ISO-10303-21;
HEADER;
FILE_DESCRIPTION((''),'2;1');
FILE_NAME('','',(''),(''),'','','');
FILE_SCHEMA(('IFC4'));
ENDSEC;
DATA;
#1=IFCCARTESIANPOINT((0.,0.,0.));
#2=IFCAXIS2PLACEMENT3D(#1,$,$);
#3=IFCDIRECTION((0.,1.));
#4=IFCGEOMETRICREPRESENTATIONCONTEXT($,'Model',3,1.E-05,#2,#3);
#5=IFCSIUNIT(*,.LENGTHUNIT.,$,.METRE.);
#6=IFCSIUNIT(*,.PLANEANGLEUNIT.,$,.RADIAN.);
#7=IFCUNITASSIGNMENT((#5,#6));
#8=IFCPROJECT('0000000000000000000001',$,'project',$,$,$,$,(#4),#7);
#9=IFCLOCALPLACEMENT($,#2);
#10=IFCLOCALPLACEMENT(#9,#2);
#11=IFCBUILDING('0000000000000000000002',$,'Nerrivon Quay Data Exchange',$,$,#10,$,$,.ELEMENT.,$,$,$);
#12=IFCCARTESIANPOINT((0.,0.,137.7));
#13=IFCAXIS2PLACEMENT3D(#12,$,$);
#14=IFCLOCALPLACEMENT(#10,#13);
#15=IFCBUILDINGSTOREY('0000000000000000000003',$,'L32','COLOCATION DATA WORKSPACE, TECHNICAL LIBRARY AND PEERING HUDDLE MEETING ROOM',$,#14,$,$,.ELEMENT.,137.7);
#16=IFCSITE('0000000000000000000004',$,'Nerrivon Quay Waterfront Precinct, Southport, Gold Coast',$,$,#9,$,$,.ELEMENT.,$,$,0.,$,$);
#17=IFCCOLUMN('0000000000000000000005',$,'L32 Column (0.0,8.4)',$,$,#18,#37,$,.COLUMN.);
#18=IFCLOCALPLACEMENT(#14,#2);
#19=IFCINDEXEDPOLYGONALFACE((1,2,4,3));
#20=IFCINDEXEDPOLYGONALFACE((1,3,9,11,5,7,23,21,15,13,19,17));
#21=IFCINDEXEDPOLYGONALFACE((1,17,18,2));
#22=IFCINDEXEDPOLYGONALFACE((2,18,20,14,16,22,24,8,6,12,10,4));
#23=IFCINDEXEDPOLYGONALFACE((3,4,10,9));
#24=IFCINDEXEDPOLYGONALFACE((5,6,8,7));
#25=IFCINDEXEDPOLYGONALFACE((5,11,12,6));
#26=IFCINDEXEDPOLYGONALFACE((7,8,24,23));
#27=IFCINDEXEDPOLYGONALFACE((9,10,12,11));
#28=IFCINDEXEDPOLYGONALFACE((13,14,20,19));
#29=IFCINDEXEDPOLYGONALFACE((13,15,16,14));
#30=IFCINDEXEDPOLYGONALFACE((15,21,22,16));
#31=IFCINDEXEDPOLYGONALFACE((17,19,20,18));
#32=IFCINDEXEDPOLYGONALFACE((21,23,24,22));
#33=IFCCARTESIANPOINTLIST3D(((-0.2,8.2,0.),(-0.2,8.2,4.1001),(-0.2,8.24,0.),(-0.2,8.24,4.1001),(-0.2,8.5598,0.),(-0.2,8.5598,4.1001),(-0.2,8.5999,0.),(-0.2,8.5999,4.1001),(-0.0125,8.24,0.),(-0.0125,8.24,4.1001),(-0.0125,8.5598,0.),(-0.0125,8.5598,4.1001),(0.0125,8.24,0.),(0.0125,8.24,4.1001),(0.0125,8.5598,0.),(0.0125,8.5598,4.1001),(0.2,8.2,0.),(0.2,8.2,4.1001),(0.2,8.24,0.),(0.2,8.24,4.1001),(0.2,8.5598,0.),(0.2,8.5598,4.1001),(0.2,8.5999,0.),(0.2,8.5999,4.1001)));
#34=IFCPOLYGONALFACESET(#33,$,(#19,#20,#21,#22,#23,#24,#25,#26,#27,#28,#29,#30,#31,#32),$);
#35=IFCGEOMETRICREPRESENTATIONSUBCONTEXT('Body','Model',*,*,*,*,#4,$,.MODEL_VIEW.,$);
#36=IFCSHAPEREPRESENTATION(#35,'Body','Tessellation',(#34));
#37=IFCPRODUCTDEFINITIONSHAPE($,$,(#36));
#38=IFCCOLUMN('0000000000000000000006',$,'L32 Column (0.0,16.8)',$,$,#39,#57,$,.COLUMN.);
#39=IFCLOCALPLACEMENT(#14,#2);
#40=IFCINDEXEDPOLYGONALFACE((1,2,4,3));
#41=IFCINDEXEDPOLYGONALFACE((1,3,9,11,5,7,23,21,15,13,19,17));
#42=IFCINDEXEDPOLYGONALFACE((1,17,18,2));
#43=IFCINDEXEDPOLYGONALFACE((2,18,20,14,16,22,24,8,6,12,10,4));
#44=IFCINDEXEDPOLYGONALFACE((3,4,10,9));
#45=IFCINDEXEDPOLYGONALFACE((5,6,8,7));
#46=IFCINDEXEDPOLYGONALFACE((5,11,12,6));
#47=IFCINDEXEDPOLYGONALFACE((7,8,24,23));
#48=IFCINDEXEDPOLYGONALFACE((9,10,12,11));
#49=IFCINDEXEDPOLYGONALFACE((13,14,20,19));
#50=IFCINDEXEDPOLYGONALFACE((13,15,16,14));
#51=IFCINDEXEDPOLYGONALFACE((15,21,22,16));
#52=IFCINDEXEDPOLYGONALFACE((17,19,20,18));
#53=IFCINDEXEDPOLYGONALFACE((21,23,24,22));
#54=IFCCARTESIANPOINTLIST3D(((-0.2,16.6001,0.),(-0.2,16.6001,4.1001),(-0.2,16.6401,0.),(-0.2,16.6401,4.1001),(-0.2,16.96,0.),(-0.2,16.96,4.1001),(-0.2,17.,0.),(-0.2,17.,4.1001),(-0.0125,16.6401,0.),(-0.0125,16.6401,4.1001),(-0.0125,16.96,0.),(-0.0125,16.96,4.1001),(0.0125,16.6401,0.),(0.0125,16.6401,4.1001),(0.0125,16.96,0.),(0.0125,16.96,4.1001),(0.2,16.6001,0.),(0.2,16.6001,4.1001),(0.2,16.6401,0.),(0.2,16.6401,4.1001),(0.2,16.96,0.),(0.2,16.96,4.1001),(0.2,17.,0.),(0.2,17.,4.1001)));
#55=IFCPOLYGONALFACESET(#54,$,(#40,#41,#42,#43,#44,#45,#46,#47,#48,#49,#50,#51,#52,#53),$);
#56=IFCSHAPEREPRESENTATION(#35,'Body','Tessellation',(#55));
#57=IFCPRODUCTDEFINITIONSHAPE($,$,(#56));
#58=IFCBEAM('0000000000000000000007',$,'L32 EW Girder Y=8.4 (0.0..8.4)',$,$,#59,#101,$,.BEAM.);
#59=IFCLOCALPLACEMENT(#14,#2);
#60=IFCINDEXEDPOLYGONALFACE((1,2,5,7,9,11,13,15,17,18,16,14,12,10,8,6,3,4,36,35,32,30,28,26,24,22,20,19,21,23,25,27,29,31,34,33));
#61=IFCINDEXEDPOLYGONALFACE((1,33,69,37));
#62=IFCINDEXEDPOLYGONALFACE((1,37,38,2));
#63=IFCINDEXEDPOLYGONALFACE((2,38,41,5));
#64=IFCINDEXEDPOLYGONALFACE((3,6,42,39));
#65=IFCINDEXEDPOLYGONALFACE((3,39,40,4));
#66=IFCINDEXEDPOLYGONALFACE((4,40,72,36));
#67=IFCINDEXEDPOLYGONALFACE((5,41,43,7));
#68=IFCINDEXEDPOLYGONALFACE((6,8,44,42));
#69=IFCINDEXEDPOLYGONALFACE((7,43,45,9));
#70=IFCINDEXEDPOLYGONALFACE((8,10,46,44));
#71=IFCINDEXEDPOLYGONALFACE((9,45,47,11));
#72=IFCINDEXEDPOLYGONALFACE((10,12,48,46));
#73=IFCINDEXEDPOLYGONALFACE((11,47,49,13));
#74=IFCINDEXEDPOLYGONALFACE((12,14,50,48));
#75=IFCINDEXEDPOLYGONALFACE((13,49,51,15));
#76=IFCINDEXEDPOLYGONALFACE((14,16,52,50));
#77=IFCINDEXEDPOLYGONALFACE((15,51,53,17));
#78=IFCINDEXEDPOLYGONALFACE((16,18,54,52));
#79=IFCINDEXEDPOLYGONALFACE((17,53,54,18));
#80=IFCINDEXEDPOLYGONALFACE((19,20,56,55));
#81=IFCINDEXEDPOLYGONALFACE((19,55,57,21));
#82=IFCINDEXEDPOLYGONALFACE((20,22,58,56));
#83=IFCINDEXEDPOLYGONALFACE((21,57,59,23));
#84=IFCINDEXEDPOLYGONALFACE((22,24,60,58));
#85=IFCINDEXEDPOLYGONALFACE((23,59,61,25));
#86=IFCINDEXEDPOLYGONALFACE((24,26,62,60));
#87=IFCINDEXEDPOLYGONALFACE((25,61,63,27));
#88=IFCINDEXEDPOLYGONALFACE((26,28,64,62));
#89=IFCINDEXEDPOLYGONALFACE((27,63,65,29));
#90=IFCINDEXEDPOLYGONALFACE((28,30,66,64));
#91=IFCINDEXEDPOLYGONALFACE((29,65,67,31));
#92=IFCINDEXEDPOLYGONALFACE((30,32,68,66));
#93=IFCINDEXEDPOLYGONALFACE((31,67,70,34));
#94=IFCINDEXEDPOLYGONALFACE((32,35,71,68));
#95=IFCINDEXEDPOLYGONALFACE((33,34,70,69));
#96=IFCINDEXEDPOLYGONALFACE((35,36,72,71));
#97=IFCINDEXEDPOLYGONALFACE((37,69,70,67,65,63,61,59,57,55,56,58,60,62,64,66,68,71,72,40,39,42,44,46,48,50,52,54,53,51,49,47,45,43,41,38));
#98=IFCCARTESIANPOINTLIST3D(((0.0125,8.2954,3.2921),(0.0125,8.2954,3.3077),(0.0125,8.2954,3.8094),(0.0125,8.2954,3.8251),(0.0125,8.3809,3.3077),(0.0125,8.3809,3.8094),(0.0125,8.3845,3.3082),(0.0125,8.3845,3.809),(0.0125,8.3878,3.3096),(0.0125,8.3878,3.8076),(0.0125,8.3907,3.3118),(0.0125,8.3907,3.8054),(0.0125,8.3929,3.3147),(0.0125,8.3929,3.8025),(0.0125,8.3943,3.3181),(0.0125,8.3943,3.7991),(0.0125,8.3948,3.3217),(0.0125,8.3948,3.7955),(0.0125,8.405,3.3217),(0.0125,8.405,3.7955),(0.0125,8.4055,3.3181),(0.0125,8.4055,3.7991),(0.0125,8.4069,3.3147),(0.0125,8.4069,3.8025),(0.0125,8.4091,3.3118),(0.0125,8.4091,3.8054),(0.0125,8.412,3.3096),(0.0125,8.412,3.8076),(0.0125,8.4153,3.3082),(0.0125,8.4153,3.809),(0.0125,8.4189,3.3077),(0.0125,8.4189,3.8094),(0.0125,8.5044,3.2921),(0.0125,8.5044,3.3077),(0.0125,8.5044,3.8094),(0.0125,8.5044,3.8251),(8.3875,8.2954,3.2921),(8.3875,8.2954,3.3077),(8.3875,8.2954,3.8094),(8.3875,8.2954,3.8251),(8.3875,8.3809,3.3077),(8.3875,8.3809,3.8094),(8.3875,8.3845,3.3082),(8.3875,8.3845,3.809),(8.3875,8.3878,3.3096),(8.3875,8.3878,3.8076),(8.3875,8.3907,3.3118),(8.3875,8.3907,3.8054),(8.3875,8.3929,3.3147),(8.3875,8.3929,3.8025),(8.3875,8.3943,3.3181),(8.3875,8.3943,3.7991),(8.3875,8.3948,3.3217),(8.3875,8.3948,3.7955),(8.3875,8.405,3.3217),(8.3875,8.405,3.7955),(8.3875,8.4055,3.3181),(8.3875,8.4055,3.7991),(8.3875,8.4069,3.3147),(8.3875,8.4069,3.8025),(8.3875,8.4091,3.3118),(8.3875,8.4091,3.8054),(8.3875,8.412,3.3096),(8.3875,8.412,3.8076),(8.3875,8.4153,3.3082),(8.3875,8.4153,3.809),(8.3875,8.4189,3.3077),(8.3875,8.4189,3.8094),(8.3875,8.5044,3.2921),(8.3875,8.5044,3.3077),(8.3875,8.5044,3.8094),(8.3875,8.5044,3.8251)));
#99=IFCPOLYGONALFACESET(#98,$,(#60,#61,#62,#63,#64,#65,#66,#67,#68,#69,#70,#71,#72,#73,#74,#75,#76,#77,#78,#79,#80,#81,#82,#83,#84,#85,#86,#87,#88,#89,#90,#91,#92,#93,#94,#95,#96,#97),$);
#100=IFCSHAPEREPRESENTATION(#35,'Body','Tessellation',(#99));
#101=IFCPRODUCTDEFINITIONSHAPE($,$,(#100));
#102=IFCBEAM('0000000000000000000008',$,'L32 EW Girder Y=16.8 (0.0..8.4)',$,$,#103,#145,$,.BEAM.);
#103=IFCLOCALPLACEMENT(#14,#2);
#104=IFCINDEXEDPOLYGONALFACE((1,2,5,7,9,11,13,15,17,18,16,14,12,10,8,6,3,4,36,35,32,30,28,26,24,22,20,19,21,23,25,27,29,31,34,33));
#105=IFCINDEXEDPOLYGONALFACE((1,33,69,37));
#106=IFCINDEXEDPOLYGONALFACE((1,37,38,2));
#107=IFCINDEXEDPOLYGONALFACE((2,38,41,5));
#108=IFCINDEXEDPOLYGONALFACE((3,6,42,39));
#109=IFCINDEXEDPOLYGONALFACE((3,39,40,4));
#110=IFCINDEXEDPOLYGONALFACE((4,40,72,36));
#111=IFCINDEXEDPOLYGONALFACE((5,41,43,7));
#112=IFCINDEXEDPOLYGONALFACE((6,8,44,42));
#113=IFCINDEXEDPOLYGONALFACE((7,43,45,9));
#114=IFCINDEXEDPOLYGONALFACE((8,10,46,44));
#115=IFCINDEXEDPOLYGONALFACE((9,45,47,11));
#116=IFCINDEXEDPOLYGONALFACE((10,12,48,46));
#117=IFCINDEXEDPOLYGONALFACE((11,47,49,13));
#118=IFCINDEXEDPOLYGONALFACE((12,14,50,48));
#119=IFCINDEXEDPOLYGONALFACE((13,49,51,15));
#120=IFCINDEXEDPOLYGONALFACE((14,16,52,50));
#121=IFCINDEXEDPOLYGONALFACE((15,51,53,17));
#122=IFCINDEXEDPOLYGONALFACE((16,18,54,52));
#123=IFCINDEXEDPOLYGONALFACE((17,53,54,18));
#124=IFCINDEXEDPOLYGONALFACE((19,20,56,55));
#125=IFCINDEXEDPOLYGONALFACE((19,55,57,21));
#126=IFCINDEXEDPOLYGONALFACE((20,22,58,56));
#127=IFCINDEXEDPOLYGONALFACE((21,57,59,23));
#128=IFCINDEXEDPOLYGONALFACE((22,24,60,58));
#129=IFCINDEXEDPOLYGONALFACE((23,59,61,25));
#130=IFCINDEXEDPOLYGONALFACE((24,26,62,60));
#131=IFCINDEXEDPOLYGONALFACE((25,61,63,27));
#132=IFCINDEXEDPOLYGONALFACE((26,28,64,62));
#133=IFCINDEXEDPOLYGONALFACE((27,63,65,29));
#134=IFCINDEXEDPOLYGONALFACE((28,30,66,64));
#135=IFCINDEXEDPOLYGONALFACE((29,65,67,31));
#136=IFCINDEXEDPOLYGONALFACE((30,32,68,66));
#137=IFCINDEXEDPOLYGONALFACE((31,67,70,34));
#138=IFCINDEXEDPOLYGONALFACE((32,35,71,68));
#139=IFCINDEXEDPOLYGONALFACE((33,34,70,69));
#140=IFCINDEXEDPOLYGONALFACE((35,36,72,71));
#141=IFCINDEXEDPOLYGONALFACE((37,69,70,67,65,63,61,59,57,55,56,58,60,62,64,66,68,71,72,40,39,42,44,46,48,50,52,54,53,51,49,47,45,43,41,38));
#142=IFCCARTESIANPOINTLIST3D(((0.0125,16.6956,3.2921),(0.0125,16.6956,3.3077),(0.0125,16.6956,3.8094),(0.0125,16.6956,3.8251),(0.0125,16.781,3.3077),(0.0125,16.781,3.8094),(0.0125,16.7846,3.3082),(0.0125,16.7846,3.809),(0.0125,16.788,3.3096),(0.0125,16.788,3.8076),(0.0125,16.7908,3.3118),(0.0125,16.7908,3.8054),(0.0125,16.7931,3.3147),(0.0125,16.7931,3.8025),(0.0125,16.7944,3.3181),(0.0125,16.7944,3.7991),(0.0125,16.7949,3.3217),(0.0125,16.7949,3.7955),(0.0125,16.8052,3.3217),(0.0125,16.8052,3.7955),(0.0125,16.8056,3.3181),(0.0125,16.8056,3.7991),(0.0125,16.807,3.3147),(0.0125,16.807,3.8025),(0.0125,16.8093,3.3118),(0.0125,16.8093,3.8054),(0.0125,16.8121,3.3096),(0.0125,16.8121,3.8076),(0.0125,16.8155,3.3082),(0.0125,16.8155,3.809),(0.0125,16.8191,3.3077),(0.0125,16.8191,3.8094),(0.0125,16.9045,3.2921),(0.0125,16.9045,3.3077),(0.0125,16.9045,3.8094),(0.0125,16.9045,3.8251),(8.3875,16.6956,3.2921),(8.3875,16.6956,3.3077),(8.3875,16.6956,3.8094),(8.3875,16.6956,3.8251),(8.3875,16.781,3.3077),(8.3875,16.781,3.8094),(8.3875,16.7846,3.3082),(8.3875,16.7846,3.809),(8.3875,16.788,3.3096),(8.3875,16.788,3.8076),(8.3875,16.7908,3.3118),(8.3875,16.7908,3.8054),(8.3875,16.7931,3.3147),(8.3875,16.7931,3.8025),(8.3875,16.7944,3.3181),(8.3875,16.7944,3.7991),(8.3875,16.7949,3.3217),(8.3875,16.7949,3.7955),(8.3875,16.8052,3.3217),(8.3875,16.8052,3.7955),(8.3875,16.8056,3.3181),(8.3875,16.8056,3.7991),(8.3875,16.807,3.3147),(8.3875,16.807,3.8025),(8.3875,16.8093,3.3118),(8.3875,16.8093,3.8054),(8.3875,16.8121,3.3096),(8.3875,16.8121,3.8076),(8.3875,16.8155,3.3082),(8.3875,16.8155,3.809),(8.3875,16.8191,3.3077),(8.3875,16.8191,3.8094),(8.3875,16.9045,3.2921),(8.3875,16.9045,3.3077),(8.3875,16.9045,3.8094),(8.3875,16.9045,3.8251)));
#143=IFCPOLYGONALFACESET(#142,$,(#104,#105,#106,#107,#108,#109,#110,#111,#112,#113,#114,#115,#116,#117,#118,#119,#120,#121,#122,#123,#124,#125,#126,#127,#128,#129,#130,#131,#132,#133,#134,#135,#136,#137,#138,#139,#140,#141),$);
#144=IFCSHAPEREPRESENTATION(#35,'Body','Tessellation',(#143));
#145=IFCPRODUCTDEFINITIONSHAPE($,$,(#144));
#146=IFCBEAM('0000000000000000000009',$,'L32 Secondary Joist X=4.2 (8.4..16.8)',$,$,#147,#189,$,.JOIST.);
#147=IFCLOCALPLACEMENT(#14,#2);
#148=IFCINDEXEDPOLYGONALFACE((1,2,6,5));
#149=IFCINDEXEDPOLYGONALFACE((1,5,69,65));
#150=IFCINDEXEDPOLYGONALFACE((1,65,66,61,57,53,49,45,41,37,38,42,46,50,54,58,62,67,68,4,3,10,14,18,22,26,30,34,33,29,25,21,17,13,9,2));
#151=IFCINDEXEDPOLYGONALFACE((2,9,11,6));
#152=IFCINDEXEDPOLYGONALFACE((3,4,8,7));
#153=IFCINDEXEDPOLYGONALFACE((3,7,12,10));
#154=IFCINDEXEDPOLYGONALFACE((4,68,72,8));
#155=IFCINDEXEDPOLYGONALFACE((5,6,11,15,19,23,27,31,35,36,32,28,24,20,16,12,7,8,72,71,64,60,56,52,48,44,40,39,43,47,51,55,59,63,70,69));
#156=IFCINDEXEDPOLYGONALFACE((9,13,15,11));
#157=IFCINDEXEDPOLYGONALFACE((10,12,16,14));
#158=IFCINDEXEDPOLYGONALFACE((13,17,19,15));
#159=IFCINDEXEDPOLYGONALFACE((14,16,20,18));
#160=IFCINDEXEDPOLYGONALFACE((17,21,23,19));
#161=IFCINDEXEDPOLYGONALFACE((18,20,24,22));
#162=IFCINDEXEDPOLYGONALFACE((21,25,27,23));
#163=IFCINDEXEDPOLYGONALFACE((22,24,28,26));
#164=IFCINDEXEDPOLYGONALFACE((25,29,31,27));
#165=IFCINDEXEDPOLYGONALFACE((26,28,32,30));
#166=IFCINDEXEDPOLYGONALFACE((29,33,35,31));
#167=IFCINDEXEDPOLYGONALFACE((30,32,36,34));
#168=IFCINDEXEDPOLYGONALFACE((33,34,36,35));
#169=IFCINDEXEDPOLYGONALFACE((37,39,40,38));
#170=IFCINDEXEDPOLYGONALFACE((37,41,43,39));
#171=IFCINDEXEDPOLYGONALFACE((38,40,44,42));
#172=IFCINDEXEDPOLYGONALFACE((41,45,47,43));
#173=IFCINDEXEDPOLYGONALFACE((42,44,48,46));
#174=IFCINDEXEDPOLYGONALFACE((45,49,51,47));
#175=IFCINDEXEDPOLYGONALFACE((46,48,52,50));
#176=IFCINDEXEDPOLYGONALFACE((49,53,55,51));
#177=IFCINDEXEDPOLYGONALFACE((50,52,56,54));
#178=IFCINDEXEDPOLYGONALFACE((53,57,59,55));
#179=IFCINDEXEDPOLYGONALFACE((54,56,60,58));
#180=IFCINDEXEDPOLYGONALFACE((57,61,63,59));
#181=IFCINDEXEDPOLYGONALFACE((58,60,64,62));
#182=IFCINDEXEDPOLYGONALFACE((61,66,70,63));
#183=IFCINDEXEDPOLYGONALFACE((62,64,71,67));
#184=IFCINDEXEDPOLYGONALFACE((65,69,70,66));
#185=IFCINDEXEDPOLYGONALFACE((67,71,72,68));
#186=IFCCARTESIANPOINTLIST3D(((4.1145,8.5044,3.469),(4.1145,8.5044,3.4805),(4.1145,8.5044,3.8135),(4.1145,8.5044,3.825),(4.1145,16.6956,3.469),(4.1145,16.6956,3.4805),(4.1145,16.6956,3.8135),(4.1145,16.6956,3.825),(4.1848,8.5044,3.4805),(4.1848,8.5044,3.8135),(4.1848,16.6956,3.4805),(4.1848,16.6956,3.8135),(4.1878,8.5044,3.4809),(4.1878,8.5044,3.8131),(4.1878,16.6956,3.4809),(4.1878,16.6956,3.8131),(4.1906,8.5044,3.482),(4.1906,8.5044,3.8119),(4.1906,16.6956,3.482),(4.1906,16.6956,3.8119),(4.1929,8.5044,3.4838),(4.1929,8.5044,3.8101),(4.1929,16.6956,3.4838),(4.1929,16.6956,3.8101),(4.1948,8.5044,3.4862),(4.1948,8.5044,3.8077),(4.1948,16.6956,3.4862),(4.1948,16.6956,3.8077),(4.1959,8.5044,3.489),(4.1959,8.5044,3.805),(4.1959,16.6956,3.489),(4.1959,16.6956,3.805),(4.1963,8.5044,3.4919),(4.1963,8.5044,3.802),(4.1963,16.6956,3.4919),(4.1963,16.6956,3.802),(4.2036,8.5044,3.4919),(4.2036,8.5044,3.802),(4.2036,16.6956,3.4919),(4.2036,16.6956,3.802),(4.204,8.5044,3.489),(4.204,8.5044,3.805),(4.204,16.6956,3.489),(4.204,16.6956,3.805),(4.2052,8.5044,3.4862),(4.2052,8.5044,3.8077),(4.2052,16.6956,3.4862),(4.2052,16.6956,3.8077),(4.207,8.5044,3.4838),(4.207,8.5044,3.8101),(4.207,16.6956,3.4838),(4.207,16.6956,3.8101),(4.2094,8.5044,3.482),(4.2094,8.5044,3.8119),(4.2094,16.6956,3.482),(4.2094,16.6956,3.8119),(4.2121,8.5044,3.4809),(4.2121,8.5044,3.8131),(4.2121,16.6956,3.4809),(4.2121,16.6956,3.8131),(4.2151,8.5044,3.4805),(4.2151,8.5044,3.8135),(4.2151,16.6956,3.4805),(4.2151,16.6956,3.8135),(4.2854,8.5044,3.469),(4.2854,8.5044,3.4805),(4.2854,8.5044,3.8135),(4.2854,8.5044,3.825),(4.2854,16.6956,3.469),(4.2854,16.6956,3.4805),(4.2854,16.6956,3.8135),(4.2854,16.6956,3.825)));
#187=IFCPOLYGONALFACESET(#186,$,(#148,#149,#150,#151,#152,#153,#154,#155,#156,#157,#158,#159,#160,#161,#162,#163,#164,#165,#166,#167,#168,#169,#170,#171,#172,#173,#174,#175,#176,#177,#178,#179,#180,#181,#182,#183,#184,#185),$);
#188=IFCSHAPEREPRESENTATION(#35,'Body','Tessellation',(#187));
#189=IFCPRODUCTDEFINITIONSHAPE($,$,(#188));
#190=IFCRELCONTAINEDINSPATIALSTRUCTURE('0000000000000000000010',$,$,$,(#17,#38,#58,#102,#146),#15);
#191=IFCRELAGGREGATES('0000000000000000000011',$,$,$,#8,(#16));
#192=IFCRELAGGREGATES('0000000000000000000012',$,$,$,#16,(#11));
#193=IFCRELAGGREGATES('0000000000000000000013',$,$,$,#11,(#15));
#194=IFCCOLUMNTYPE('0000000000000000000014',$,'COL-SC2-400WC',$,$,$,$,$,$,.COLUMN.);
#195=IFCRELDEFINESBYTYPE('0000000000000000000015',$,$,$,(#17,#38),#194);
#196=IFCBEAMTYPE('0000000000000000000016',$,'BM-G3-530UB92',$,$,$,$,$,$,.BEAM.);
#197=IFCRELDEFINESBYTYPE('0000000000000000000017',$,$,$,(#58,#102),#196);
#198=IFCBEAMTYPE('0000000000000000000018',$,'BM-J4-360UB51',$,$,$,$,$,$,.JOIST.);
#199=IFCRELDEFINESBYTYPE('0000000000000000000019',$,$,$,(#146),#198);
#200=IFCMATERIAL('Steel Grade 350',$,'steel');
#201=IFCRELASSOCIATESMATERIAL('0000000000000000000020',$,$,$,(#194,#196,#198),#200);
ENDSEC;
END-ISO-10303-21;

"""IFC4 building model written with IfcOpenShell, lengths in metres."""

from ifc_helpers import new_model, si_unit, direction, frame, origin, origin_2d, place, context, subcontext, project, spatial, i_section, extrude, material, material_profile, profile_set, type_object, element, save


model = new_model("IFC4")

# Units and contexts
model_context = context("Model", 3, precision=1e-05, world=origin(), true_north=direction((0.0, 1.0)))
body_context = subcontext(model_context, "Body", "Model", "MODEL_VIEW")
ifc_project = project(units=[si_unit("LENGTHUNIT", "METRE"), si_unit("PLANEANGLEUNIT", "RADIAN")], contexts=[model_context])

# Site, building, storey
site_placement = place(None, origin())
site = spatial("IfcSite", under=ifc_project, at=site_placement, Name="Nerrivon Quay Waterfront Precinct, Southport, Gold Coast", CompositionType="ELEMENT", RefElevation=0.0)
building_placement = place(site_placement, origin())
building = spatial("IfcBuilding", under=site, at=building_placement, Name="Nerrivon Quay Data Exchange", CompositionType="ELEMENT")
storey_placement = place(building_placement, frame((0.0, 0.0, 137.7)))
storey = spatial("IfcBuildingStorey", under=building, at=storey_placement, Name="L32", Description="COLOCATION DATA WORKSPACE, TECHNICAL LIBRARY AND PEERING HUDDLE MEETING ROOM", CompositionType="ELEMENT", Elevation=137.7)

# Columns
ifc_material_1 = material(Name="Steel Grade 350", Category="steel")
ifc_material_profile_1 = material_profile(ifc_material_1, i_section(OverallWidth=0.3999, OverallDepth=0.3999, WebThickness=0.0249, FlangeThickness=0.04, at=origin_2d()), Name="400WC328")
ifc_profile_set_1 = profile_set([ifc_material_profile_1], Name="Steel Grade 350")
column_type = type_object("IfcColumnType", Name="COL-SC2-400WC", PredefinedType="COLUMN", material=ifc_profile_set_1)
for number, where, z_axis, x_axis, name in (
    (1, (0.0, 8.3999, 0.0), (0.0, 0.0, 1.0), (1.0, 0.0, 0.0), "L32 Column (0.0,8.4)"),
    (2, (0.0, 16.8, 0.0), (0.0, 0.0, 1.0), (1.0, 0.0, 0.0), "L32 Column (0.0,16.8)"),
):
    element("IfcColumn", number, at=place(storey_placement, frame(where, z_axis=z_axis, x_axis=x_axis)), inside=storey, type_object=column_type, Name=name, PredefinedType="COLUMN", context=body_context, shape_type="SweptSolid", body=[
        extrude(i_section(OverallWidth=0.3999, OverallDepth=0.3999, WebThickness=0.0249, FlangeThickness=0.04, at=origin_2d()), origin(), (0.0, 0.0, 1.0), 4.1001),
    ])

# Beams
ifc_material_profile_2 = material_profile(ifc_material_1, i_section(OverallWidth=0.209, OverallDepth=0.533, WebThickness=0.0103, FlangeThickness=0.0156, FilletRadius=0.0139, at=origin_2d()), Name="530UB92.4")
ifc_profile_set_2 = profile_set([ifc_material_profile_2], Name="Steel Grade 350")
beam_type_1 = type_object("IfcBeamType", Name="BM-G3-530UB92", PredefinedType="BEAM", material=ifc_profile_set_2)
for number, where, z_axis, x_axis, name in (
    (3, (0.0125, 8.3999, 3.5586), (1.0, 0.0, 0.0), (0.0, 1.0, 0.0), "L32 EW Girder Y=8.4 (0.0..8.4)"),
    (4, (0.0125, 16.8, 3.5586), (1.0, 0.0, 0.0), (0.0, 1.0, 0.0), "L32 EW Girder Y=16.8 (0.0..8.4)"),
):
    element("IfcBeam", number, at=place(storey_placement, frame(where, z_axis=z_axis, x_axis=x_axis)), inside=storey, type_object=beam_type_1, Name=name, PredefinedType="BEAM", context=body_context, shape_type="SweptSolid", body=[
        extrude(i_section(OverallWidth=0.209, OverallDepth=0.533, WebThickness=0.0103, FlangeThickness=0.0156, FilletRadius=0.0139, at=origin_2d()), origin(), (0.0, 0.0, 1.0), 8.375),
    ])
ifc_material_profile_3 = material_profile(ifc_material_1, i_section(OverallWidth=0.1709, OverallDepth=0.356, WebThickness=0.0073, FlangeThickness=0.0115, FilletRadius=0.0115, at=origin_2d()), Name="360UB50.7")
ifc_profile_set_3 = profile_set([ifc_material_profile_3], Name="Steel Grade 350")
beam_type_2 = type_object("IfcBeamType", Name="BM-J4-360UB51", PredefinedType="JOIST", material=ifc_profile_set_3)
beam_1_placement = place(storey_placement, frame((4.2, 8.5044, 3.647), z_axis=(0.0, 1.0, 0.0), x_axis=(-1.0, 0.0, 0.0)))
element("IfcBeam", 5, at=beam_1_placement, inside=storey, type_object=beam_type_2, Name="L32 Secondary Joist X=4.2 (8.4..16.8)", PredefinedType="JOIST", context=body_context, shape_type="SweptSolid", body=[
    extrude(i_section(OverallWidth=0.1709, OverallDepth=0.356, WebThickness=0.0073, FlangeThickness=0.0115, FilletRadius=0.0115, at=origin_2d()), origin(), (0.0, 0.0, 1.0), 8.1912),
])

save(model, "model.ifc")
